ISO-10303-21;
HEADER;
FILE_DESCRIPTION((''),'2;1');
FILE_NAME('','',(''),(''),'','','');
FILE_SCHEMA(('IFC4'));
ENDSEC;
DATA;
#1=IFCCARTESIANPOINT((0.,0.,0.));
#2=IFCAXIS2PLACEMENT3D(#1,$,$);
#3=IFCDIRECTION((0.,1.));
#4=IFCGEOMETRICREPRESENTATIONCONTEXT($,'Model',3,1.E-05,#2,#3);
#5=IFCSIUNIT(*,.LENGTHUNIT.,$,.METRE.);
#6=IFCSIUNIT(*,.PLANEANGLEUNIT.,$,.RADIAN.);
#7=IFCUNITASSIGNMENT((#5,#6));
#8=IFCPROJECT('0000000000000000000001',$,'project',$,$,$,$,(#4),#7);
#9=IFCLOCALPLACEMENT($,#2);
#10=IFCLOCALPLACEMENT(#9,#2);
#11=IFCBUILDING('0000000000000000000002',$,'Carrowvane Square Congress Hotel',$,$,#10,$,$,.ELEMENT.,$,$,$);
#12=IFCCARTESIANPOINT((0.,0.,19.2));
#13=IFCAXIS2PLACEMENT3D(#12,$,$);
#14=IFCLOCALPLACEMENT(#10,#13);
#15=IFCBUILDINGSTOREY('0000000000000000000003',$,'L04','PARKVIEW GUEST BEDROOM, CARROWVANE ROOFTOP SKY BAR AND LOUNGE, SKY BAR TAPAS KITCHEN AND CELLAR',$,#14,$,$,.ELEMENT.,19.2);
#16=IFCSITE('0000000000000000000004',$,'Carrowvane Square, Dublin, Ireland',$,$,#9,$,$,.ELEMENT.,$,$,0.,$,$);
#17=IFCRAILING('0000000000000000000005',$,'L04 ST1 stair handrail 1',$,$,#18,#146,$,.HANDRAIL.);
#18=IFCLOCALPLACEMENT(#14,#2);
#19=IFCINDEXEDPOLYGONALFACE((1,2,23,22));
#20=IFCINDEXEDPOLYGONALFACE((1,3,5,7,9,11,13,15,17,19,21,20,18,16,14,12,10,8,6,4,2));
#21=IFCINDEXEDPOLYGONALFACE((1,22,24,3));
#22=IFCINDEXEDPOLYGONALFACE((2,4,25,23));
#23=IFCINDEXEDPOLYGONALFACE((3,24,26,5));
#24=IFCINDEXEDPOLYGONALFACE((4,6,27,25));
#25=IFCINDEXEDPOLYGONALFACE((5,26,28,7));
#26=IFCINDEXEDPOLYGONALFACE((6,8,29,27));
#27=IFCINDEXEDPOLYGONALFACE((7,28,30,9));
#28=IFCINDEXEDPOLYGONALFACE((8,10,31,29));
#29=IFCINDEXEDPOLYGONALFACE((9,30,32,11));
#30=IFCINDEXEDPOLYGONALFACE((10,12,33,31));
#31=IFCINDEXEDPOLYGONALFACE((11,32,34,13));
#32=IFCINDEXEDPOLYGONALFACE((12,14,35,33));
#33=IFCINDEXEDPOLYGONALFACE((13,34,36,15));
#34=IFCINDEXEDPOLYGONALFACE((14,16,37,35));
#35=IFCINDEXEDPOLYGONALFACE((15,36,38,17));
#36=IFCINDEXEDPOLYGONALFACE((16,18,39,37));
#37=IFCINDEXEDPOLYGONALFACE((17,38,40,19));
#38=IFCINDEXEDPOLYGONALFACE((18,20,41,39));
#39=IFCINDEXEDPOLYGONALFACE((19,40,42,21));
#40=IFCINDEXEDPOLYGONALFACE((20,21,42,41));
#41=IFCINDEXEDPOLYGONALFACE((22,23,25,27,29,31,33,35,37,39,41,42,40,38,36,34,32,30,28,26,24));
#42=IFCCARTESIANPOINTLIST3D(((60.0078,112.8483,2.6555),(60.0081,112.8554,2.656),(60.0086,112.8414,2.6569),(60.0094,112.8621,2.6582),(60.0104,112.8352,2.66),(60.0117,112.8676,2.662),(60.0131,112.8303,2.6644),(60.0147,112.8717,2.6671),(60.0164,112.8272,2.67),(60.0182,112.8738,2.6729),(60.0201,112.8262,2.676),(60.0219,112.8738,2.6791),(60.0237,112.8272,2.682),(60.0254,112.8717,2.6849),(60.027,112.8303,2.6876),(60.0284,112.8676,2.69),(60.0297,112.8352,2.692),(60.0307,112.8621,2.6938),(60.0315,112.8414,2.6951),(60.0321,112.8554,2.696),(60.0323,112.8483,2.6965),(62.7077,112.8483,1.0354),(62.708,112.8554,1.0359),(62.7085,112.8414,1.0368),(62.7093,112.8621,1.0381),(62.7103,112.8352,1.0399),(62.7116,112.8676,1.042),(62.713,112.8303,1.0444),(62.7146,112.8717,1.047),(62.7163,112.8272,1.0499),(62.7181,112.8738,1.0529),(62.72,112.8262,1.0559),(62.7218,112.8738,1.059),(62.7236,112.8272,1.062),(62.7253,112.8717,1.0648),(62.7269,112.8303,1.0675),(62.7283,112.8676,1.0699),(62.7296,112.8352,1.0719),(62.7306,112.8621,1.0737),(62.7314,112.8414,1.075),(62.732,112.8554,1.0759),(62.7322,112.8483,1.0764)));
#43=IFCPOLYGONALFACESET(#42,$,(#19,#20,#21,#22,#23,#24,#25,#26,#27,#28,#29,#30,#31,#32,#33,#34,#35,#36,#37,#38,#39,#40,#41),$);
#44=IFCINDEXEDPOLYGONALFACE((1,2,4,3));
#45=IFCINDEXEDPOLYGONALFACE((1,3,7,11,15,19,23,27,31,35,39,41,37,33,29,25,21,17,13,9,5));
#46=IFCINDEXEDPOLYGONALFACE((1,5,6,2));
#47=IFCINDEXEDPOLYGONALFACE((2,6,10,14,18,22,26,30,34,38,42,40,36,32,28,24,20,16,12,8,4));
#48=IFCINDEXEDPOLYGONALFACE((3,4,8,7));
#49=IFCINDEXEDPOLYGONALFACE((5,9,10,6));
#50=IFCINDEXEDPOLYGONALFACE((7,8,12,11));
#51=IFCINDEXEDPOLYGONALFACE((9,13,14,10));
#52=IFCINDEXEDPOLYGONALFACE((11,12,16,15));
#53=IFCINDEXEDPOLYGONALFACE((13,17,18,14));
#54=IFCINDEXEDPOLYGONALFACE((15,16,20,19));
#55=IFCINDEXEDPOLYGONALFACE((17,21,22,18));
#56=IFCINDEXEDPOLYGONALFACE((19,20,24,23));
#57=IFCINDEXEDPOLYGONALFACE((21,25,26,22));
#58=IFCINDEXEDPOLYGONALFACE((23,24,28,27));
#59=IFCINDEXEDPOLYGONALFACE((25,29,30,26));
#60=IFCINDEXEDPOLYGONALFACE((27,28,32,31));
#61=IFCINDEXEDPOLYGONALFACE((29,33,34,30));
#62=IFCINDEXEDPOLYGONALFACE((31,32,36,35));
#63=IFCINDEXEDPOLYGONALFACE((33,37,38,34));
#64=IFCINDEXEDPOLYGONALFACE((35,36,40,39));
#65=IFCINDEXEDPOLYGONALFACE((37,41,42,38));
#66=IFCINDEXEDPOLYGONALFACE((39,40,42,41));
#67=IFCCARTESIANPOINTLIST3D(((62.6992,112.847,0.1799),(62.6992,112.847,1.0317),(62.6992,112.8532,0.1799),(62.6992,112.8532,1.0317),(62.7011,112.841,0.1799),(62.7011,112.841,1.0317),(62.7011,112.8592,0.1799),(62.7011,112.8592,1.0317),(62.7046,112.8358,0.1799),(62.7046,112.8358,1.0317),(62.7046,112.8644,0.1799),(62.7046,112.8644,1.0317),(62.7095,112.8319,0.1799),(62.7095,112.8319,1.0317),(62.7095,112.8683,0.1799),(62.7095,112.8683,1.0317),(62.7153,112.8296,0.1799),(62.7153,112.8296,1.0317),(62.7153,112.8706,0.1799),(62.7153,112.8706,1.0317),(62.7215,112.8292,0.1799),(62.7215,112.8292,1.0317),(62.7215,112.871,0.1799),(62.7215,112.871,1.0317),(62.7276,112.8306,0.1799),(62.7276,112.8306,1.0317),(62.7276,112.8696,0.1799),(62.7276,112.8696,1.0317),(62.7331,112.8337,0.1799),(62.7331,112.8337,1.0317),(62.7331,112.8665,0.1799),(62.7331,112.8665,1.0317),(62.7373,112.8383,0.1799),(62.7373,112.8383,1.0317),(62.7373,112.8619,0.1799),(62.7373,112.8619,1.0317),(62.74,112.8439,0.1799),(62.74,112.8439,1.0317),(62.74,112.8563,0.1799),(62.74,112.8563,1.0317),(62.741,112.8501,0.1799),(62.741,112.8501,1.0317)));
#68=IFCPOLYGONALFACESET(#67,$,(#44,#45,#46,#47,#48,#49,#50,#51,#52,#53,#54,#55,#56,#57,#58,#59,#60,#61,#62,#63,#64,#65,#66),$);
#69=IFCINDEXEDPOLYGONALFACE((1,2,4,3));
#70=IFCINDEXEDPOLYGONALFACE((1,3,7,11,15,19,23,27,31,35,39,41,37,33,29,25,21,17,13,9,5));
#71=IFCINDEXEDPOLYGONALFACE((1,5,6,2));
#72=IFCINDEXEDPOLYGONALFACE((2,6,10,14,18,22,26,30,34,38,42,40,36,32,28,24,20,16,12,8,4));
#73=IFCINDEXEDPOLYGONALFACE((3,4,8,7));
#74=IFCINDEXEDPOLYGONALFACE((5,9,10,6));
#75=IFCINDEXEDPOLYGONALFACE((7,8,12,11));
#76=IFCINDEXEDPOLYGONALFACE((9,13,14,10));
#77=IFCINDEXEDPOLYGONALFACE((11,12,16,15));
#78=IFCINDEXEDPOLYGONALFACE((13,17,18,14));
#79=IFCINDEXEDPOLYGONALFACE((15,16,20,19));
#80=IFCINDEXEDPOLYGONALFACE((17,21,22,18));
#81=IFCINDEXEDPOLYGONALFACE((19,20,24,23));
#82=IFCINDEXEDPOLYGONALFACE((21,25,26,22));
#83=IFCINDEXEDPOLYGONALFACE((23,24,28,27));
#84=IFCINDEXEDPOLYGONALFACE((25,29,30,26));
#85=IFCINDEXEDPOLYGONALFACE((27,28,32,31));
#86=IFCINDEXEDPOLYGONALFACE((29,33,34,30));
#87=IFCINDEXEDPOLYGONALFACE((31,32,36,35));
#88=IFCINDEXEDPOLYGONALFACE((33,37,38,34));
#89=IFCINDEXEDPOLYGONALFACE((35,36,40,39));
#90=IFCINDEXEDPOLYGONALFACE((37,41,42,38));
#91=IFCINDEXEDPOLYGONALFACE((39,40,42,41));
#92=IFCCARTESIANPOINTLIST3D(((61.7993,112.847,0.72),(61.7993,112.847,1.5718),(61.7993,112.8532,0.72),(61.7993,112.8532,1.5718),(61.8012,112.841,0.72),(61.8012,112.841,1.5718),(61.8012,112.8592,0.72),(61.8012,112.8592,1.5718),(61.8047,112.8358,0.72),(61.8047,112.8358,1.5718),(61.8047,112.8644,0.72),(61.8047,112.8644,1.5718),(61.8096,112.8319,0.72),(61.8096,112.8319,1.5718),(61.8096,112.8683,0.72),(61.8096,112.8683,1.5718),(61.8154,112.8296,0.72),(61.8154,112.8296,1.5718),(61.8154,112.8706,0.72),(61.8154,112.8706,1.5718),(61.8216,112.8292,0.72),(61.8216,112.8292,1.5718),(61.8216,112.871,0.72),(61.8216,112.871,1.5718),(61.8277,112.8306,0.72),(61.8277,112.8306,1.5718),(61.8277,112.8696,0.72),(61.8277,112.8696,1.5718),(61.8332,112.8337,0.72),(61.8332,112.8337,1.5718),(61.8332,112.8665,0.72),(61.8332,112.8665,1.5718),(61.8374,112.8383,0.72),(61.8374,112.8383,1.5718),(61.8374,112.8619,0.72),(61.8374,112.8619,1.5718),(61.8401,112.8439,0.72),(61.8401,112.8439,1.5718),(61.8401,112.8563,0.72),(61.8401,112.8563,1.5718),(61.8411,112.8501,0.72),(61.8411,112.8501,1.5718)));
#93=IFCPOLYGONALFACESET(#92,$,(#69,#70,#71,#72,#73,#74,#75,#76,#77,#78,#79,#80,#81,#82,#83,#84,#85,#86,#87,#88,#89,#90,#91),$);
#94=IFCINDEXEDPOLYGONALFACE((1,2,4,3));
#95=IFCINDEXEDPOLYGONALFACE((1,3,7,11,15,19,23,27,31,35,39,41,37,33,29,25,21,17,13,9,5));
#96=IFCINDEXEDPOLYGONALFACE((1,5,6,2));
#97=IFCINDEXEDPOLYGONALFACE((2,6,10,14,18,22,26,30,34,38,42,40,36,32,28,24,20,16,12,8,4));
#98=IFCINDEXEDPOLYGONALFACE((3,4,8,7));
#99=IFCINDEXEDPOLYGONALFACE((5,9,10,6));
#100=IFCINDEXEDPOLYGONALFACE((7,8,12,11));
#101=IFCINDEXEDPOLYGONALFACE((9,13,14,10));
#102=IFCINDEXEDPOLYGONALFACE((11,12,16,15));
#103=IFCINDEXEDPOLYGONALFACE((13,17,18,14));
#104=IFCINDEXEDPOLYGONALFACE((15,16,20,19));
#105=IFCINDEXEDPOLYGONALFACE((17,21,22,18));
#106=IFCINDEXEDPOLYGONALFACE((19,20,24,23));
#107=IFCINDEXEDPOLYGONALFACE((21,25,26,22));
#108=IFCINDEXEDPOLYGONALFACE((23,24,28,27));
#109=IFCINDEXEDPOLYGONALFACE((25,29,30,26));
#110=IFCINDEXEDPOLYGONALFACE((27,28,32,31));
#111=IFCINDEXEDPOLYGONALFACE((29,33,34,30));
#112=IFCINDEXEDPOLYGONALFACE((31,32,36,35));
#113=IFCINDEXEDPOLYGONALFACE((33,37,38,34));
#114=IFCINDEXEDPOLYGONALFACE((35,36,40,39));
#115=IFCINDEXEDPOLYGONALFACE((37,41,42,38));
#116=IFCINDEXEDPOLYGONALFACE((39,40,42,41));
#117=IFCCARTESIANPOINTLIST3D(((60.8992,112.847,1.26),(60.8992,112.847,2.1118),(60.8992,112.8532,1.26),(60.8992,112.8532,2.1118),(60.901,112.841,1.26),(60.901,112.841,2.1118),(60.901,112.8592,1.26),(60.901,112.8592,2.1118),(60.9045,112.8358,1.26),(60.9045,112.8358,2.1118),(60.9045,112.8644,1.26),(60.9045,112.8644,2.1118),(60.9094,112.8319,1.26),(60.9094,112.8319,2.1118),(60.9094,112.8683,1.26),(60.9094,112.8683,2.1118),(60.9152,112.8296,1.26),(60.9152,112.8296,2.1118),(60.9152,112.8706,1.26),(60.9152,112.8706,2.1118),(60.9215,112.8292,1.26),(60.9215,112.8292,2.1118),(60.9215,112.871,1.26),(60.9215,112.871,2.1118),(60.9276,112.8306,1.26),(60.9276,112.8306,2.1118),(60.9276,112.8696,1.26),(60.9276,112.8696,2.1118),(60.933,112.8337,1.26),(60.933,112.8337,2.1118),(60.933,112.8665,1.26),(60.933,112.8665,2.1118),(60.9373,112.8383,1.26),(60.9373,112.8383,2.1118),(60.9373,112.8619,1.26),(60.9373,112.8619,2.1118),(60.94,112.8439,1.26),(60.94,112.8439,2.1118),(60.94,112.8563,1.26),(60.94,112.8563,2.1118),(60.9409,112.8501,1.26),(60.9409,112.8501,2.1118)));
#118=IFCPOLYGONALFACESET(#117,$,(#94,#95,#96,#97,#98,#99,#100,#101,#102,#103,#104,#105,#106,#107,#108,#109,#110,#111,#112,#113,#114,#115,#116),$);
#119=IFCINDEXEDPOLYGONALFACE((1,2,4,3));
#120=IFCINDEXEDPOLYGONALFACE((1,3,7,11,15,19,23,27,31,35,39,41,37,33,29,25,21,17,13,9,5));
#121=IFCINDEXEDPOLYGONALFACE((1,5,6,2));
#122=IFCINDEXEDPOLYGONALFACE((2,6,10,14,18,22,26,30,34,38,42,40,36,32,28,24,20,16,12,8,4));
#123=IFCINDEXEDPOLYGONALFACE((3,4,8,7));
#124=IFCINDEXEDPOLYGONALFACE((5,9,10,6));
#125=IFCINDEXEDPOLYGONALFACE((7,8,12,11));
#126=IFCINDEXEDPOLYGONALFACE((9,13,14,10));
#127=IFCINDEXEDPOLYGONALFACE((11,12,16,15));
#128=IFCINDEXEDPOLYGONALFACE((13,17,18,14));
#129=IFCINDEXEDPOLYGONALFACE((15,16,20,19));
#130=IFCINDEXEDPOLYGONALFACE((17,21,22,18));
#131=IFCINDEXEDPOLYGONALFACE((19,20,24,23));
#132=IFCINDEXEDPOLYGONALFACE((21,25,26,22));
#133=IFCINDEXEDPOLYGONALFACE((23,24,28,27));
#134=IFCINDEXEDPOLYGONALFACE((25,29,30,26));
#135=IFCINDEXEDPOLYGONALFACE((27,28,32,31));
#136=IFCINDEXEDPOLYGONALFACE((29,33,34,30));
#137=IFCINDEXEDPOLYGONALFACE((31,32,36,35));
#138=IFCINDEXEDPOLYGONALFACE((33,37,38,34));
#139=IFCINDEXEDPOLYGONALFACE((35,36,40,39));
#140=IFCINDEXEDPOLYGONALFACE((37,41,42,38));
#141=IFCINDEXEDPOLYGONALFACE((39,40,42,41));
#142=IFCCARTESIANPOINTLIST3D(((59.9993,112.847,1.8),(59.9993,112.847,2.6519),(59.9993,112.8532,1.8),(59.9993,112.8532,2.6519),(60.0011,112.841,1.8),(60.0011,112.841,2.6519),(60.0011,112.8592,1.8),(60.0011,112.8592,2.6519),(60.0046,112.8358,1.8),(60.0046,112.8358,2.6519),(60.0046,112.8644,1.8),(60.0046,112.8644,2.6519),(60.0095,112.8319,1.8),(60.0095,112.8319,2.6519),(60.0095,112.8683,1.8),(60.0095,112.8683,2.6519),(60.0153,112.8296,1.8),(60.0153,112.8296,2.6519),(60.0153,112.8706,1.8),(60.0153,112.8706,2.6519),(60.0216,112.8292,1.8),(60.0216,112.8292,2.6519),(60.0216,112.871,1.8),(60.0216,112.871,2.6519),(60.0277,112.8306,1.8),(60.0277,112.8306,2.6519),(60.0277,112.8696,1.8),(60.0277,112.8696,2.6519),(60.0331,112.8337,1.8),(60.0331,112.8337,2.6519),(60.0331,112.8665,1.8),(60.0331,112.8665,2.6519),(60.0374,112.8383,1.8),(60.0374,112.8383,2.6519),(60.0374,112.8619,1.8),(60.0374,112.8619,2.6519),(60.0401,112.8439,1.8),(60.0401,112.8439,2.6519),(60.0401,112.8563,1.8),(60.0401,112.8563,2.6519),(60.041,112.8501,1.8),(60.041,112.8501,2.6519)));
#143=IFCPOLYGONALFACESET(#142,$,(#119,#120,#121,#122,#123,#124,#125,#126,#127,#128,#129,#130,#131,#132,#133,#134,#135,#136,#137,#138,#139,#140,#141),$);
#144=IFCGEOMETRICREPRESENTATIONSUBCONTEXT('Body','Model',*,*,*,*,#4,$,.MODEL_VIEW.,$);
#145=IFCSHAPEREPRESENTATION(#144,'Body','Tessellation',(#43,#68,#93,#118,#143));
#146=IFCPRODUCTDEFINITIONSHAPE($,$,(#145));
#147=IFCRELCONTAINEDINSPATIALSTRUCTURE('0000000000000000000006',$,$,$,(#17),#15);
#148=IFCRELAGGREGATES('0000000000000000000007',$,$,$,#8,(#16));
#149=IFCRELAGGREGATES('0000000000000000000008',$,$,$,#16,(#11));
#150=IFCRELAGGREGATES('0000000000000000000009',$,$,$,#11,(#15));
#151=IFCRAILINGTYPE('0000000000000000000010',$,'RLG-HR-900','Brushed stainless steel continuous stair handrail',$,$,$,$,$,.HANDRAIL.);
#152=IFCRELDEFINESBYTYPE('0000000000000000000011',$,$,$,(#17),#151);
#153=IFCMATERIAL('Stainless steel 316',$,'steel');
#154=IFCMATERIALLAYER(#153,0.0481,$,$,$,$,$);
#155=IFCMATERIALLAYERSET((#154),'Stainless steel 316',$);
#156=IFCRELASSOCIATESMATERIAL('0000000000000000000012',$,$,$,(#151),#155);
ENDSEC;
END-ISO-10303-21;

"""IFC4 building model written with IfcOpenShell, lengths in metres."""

from ifc_helpers import new_model, si_unit, direction, frame, origin, origin_2d, place, context, subcontext, project, spatial, circle, extrude, material, layer, layer_set, type_object, element, save


model = new_model("IFC4")

# Units and contexts
model_context = context("Model", 3, precision=1e-05, world=origin(), true_north=direction((0.0, 1.0)))
body_context = subcontext(model_context, "Body", "Model", "MODEL_VIEW")
ifc_project = project(units=[si_unit("LENGTHUNIT", "METRE"), si_unit("PLANEANGLEUNIT", "RADIAN")], contexts=[model_context])

# Site, building, storey
site_placement = place(None, origin())
site = spatial("IfcSite", under=ifc_project, at=site_placement, Name="Carrowvane Square, Dublin, Ireland", CompositionType="ELEMENT", RefElevation=0.0)
building_placement = place(site_placement, origin())
building = spatial("IfcBuilding", under=site, at=building_placement, Name="Carrowvane Square Congress Hotel", CompositionType="ELEMENT")
storey_placement = place(building_placement, frame((0.0, 0.0, 19.2)))
storey = spatial("IfcBuildingStorey", under=building, at=storey_placement, Name="L04", Description="PARKVIEW GUEST BEDROOM, CARROWVANE ROOFTOP SKY BAR AND LOUNGE, SKY BAR TAPAS KITCHEN AND CELLAR", CompositionType="ELEMENT", Elevation=19.2)

# Railing
ifc_material_1 = material(Name="Stainless steel 316", Category="steel")
ifc_layer_1 = layer(ifc_material_1, 0.0481)
ifc_layer_set_1 = layer_set([ifc_layer_1], Name="Stainless steel 316")
railing_type_1 = type_object("IfcRailingType", Name="RLG-HR-900", Description="Brushed stainless steel continuous stair handrail", PredefinedType="HANDRAIL", material=ifc_layer_set_1)
railing_1_placement = place(storey_placement, frame((62.72, 112.8501, 0.1799)))
element("IfcRailing", 1, at=railing_1_placement, inside=storey, type_object=railing_type_1, Name="L04 ST1 stair handrail 1", PredefinedType="HANDRAIL", context=body_context, shape_type="SweptSolid", body=[
    extrude(circle(Radius=0.0239, at=origin_2d()), frame((0.0, 0.0, 0.876), z_axis=(-0.857472, 0.0, 0.51453), x_axis=(0.0, -1.0, 0.0)), (0.0, 0.0, 1.0), 3.1487),
    extrude(circle(Radius=0.021, at=origin_2d()), origin(), (0.0, 0.0, 1.0), 0.8518),
    extrude(circle(Radius=0.021, at=origin_2d()), frame((-0.8999, 0.0, 0.54)), (0.0, 0.0, 1.0), 0.8518),
    extrude(circle(Radius=0.021, at=origin_2d()), frame((-1.8, 0.0, 1.0801)), (0.0, 0.0, 1.0), 0.8518),
    extrude(circle(Radius=0.021, at=origin_2d()), frame((-2.7, 0.0, 1.6201)), (0.0, 0.0, 1.0), 0.8518),
])

save(model, "model.ifc")
